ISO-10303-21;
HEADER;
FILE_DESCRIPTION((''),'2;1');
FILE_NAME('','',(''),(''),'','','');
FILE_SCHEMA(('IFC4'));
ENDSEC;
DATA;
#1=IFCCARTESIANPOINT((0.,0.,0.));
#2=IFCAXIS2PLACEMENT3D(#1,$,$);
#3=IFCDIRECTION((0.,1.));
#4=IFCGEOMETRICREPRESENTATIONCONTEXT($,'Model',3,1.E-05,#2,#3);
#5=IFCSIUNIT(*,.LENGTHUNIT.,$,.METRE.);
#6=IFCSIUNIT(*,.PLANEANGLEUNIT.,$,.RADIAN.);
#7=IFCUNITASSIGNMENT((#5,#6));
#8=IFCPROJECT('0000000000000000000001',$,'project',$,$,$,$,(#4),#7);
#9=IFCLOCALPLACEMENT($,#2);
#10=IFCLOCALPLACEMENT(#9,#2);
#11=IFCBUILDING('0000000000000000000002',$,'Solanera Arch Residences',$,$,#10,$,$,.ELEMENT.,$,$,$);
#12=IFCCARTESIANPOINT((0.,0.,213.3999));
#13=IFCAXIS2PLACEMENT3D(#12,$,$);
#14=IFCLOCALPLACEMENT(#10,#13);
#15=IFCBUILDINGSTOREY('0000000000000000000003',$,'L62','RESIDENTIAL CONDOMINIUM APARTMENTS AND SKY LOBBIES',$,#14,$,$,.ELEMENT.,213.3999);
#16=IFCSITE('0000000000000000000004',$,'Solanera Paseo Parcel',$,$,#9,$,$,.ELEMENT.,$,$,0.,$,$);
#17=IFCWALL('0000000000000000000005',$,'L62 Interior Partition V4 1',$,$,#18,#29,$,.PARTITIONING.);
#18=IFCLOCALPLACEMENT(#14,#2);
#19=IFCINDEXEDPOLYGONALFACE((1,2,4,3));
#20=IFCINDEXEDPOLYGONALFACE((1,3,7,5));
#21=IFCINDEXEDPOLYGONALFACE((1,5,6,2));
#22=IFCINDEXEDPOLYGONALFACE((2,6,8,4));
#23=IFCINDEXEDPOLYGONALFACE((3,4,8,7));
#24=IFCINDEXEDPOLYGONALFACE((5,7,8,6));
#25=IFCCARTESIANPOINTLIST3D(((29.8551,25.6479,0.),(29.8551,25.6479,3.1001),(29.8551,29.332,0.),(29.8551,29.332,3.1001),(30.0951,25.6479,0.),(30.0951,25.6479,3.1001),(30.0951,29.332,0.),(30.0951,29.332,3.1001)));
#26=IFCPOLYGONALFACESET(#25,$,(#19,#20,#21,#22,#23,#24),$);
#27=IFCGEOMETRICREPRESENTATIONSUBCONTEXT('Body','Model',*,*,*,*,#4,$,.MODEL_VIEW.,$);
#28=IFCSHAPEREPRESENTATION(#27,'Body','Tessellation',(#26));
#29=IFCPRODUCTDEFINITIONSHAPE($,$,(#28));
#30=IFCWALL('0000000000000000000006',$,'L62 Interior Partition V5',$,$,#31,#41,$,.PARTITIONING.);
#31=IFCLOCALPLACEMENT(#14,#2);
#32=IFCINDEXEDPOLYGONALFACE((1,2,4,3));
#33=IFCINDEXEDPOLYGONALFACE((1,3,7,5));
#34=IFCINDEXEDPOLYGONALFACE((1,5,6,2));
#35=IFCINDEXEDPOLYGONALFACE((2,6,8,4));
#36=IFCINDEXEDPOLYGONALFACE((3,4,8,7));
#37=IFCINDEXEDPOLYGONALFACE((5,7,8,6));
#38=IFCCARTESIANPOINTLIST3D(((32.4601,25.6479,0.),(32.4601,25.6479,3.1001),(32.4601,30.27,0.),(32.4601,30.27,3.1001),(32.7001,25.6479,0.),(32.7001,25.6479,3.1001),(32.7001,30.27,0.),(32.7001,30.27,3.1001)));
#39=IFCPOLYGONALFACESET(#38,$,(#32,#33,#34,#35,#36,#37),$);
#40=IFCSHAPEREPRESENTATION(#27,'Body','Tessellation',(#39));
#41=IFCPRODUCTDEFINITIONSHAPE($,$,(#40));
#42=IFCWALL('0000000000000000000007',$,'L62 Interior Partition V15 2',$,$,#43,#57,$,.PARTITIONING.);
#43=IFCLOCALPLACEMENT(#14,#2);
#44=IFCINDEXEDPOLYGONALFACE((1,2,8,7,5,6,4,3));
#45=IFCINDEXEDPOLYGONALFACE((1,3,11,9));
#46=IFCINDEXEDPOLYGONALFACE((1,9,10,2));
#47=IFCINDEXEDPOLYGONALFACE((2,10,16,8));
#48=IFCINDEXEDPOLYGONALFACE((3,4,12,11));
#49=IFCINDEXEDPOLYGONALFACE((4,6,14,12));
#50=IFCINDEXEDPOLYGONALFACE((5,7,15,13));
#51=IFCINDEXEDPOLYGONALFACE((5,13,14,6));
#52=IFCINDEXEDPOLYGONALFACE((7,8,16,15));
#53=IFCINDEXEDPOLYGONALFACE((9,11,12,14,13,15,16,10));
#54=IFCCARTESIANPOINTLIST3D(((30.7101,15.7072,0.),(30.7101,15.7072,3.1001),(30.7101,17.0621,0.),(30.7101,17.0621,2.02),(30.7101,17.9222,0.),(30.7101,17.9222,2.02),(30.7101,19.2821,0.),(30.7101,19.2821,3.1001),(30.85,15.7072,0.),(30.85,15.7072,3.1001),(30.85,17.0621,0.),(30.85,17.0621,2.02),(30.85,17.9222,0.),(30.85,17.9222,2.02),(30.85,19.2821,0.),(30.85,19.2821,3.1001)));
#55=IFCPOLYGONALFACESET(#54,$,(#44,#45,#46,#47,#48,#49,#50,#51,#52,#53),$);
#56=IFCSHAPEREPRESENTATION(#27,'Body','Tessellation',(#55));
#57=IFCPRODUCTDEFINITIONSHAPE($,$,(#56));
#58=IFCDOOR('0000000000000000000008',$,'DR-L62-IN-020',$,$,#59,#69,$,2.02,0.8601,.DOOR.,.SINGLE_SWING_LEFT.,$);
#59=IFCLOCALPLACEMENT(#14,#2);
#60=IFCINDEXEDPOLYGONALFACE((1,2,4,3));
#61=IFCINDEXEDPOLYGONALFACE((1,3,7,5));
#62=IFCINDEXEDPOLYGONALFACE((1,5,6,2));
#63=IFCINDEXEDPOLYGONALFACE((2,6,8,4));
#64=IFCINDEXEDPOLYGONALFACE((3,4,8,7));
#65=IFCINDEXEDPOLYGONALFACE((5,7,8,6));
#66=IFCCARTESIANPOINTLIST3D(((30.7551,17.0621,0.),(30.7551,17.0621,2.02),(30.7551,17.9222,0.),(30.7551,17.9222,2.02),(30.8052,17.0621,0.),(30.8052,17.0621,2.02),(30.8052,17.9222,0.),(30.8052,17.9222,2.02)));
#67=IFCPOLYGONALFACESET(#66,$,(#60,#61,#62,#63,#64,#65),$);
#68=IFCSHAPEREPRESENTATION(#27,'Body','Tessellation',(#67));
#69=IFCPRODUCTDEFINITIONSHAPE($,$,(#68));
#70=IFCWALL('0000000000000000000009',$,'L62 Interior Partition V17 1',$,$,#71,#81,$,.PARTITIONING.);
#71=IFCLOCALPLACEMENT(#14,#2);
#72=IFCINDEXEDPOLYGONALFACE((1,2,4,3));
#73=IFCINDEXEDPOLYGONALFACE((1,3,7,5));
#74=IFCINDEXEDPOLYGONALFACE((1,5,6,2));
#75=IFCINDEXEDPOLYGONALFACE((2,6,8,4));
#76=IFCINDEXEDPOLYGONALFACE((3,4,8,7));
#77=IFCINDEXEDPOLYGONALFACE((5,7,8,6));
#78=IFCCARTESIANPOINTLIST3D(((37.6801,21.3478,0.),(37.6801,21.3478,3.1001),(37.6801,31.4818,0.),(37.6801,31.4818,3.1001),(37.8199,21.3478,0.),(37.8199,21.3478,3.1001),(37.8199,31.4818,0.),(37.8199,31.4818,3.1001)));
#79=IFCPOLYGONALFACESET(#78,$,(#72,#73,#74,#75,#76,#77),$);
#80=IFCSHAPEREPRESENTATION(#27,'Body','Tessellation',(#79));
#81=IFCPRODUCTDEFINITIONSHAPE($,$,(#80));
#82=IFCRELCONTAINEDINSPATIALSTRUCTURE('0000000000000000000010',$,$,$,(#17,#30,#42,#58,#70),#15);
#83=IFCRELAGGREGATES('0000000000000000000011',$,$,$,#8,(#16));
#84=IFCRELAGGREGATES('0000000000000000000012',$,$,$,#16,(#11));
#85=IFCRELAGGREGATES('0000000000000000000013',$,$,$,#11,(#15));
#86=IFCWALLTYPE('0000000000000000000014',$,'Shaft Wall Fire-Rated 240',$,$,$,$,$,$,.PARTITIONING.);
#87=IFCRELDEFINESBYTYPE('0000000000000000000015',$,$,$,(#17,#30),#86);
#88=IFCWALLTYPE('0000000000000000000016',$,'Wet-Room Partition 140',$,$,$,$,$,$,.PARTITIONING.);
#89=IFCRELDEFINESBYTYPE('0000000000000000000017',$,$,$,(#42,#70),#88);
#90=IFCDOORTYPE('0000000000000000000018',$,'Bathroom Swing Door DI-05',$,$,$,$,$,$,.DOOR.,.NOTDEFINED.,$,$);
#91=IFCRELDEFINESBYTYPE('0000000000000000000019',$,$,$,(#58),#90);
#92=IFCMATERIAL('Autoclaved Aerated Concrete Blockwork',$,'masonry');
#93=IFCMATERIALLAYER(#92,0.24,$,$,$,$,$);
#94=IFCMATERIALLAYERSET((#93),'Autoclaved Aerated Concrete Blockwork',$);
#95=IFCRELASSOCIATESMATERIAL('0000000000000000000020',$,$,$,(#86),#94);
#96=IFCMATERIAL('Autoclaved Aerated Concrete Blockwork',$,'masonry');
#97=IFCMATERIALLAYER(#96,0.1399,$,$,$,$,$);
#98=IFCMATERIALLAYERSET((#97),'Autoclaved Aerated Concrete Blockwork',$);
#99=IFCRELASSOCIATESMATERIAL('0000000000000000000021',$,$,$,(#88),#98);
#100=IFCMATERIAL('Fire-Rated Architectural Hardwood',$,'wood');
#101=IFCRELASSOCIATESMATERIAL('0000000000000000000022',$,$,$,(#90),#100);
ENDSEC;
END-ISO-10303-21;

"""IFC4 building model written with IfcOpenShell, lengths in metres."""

from ifc_helpers import new_model, si_unit, direction, frame, frame_2d, origin, place, context, subcontext, project, spatial, rectangle, extrude, material, layer, layer_set, type_object, element, fill, save


model = new_model("IFC4")

# Units and contexts
model_context = context("Model", 3, precision=1e-05, world=origin(), true_north=direction((0.0, 1.0)))
body_context = subcontext(model_context, "Body", "Model", "MODEL_VIEW")
ifc_project = project(units=[si_unit("LENGTHUNIT", "METRE"), si_unit("PLANEANGLEUNIT", "RADIAN")], contexts=[model_context])

# Site, building, storey
site_placement = place(None, origin())
site = spatial("IfcSite", under=ifc_project, at=site_placement, Name="Solanera Paseo Parcel", CompositionType="ELEMENT", RefElevation=0.0)
building_placement = place(site_placement, origin())
building = spatial("IfcBuilding", under=site, at=building_placement, Name="Solanera Arch Residences", CompositionType="ELEMENT")
storey_placement = place(building_placement, frame((0.0, 0.0, 213.3999)))
storey = spatial("IfcBuildingStorey", under=building, at=storey_placement, Name="L62", Description="RESIDENTIAL CONDOMINIUM APARTMENTS AND SKY LOBBIES", CompositionType="ELEMENT", Elevation=213.3999)

# Wall
ifc_material_1 = material(Name="Autoclaved Aerated Concrete Blockwork", Category="masonry")
ifc_layer_1 = layer(ifc_material_1, 0.24)
ifc_layer_set_1 = layer_set([ifc_layer_1], Name="Autoclaved Aerated Concrete Blockwork")
wall_type_1 = type_object("IfcWallType", Name="Shaft Wall Fire-Rated 240", PredefinedType="PARTITIONING", material=ifc_layer_set_1)
wall_1_placement = place(storey_placement, frame((29.9751, 25.6479, 0.0), z_axis=(0.0, 0.0, 1.0), x_axis=(0.0, 1.0, 0.0)))
element("IfcWall", 1, at=wall_1_placement, inside=storey, type_object=wall_type_1, Name="L62 Interior Partition V4 1", PredefinedType="PARTITIONING", context=body_context, shape_type="SweptSolid", body=[
    extrude(rectangle(XDim=3.6841, YDim=0.24, at=frame_2d((1.842, 0.0))), origin(), (0.0, 0.0, 1.0), 3.1001),
])

# Wall
wall_2_placement = place(storey_placement, frame((32.5801, 25.6479, 0.0), z_axis=(0.0, 0.0, 1.0), x_axis=(0.0, 1.0, 0.0)))
element("IfcWall", 2, at=wall_2_placement, inside=storey, type_object=wall_type_1, Name="L62 Interior Partition V5", PredefinedType="PARTITIONING", context=body_context, shape_type="SweptSolid", body=[
    extrude(rectangle(XDim=4.6221, YDim=0.24, at=frame_2d((2.311, 0.0))), origin(), (0.0, 0.0, 1.0), 3.1001),
])

# Wall, opening, door
ifc_material_2 = material(Name="Autoclaved Aerated Concrete Blockwork", Category="masonry")
ifc_layer_2 = layer(ifc_material_2, 0.1399)
ifc_layer_set_2 = layer_set([ifc_layer_2], Name="Autoclaved Aerated Concrete Blockwork")
wall_type_2 = type_object("IfcWallType", Name="Wet-Room Partition 140", PredefinedType="PARTITIONING", material=ifc_layer_set_2)
wall_3_placement = place(storey_placement, frame((30.78, 15.707, 0.0), z_axis=(0.0, 0.0, 1.0), x_axis=(0.0, 1.0, 0.0)))
wall_3 = element("IfcWall", 3, at=wall_3_placement, inside=storey, type_object=wall_type_2, Name="L62 Interior Partition V15 2", PredefinedType="PARTITIONING", context=body_context, shape_type="SweptSolid", body=[
    extrude(rectangle(XDim=3.575, YDim=0.1399, at=frame_2d((1.7876, 0.0))), origin(), (0.0, 0.0, 1.0), 3.1001),
])
opening_1_placement = place(wall_3_placement, frame((1.355, 0.0, 0.0)))
opening_1 = element("IfcOpeningElement", 4, at=opening_1_placement, cuts=wall_3, PredefinedType="OPENING", context=body_context, shape_type="SweptSolid", body=[
    extrude(rectangle(XDim=0.8601, YDim=2.02, at=frame_2d((0.4302, 1.01))), frame((0.0, 0.0798, 0.0), z_axis=(0.0, -1.0, 0.0), x_axis=(1.0, 0.0, 0.0)), (0.0, 0.0, 1.0), 0.1599),
])
ifc_material_3 = material(Name="Fire-Rated Architectural Hardwood", Category="wood")
door_type_1 = type_object("IfcDoorType", Name="Bathroom Swing Door DI-05", OperationType="NOTDEFINED", PredefinedType="DOOR", material=ifc_material_3)
door_1_placement = place(opening_1_placement, origin())
door_1 = element("IfcDoor", 5, at=door_1_placement, inside=storey, type_object=door_type_1, Name="DR-L62-IN-020", OperationType="SINGLE_SWING_LEFT", OverallHeight=2.02, OverallWidth=0.8601, PredefinedType="DOOR", context=body_context, shape_type="SweptSolid", body=[
    extrude(rectangle(XDim=0.8601, YDim=2.02, at=frame_2d((0.4302, 1.01))), frame((0.0, 0.0249, 0.0), z_axis=(0.0, -1.0, 0.0), x_axis=(1.0, 0.0, 0.0)), (0.0, 0.0, 1.0), 0.05),
])
fill(opening_1, door_1)

# Wall
wall_4_placement = place(storey_placement, frame((37.75, 21.3479, 0.0), z_axis=(0.0, 0.0, 1.0), x_axis=(0.0, 1.0, 0.0)))
element("IfcWall", 6, at=wall_4_placement, inside=storey, type_object=wall_type_2, Name="L62 Interior Partition V17 1", PredefinedType="PARTITIONING", context=body_context, shape_type="SweptSolid", body=[
    extrude(rectangle(XDim=10.134, YDim=0.1399, at=frame_2d((5.0669, 0.0))), origin(), (0.0, 0.0, 1.0), 3.1001),
])

save(model, "model.ifc")
